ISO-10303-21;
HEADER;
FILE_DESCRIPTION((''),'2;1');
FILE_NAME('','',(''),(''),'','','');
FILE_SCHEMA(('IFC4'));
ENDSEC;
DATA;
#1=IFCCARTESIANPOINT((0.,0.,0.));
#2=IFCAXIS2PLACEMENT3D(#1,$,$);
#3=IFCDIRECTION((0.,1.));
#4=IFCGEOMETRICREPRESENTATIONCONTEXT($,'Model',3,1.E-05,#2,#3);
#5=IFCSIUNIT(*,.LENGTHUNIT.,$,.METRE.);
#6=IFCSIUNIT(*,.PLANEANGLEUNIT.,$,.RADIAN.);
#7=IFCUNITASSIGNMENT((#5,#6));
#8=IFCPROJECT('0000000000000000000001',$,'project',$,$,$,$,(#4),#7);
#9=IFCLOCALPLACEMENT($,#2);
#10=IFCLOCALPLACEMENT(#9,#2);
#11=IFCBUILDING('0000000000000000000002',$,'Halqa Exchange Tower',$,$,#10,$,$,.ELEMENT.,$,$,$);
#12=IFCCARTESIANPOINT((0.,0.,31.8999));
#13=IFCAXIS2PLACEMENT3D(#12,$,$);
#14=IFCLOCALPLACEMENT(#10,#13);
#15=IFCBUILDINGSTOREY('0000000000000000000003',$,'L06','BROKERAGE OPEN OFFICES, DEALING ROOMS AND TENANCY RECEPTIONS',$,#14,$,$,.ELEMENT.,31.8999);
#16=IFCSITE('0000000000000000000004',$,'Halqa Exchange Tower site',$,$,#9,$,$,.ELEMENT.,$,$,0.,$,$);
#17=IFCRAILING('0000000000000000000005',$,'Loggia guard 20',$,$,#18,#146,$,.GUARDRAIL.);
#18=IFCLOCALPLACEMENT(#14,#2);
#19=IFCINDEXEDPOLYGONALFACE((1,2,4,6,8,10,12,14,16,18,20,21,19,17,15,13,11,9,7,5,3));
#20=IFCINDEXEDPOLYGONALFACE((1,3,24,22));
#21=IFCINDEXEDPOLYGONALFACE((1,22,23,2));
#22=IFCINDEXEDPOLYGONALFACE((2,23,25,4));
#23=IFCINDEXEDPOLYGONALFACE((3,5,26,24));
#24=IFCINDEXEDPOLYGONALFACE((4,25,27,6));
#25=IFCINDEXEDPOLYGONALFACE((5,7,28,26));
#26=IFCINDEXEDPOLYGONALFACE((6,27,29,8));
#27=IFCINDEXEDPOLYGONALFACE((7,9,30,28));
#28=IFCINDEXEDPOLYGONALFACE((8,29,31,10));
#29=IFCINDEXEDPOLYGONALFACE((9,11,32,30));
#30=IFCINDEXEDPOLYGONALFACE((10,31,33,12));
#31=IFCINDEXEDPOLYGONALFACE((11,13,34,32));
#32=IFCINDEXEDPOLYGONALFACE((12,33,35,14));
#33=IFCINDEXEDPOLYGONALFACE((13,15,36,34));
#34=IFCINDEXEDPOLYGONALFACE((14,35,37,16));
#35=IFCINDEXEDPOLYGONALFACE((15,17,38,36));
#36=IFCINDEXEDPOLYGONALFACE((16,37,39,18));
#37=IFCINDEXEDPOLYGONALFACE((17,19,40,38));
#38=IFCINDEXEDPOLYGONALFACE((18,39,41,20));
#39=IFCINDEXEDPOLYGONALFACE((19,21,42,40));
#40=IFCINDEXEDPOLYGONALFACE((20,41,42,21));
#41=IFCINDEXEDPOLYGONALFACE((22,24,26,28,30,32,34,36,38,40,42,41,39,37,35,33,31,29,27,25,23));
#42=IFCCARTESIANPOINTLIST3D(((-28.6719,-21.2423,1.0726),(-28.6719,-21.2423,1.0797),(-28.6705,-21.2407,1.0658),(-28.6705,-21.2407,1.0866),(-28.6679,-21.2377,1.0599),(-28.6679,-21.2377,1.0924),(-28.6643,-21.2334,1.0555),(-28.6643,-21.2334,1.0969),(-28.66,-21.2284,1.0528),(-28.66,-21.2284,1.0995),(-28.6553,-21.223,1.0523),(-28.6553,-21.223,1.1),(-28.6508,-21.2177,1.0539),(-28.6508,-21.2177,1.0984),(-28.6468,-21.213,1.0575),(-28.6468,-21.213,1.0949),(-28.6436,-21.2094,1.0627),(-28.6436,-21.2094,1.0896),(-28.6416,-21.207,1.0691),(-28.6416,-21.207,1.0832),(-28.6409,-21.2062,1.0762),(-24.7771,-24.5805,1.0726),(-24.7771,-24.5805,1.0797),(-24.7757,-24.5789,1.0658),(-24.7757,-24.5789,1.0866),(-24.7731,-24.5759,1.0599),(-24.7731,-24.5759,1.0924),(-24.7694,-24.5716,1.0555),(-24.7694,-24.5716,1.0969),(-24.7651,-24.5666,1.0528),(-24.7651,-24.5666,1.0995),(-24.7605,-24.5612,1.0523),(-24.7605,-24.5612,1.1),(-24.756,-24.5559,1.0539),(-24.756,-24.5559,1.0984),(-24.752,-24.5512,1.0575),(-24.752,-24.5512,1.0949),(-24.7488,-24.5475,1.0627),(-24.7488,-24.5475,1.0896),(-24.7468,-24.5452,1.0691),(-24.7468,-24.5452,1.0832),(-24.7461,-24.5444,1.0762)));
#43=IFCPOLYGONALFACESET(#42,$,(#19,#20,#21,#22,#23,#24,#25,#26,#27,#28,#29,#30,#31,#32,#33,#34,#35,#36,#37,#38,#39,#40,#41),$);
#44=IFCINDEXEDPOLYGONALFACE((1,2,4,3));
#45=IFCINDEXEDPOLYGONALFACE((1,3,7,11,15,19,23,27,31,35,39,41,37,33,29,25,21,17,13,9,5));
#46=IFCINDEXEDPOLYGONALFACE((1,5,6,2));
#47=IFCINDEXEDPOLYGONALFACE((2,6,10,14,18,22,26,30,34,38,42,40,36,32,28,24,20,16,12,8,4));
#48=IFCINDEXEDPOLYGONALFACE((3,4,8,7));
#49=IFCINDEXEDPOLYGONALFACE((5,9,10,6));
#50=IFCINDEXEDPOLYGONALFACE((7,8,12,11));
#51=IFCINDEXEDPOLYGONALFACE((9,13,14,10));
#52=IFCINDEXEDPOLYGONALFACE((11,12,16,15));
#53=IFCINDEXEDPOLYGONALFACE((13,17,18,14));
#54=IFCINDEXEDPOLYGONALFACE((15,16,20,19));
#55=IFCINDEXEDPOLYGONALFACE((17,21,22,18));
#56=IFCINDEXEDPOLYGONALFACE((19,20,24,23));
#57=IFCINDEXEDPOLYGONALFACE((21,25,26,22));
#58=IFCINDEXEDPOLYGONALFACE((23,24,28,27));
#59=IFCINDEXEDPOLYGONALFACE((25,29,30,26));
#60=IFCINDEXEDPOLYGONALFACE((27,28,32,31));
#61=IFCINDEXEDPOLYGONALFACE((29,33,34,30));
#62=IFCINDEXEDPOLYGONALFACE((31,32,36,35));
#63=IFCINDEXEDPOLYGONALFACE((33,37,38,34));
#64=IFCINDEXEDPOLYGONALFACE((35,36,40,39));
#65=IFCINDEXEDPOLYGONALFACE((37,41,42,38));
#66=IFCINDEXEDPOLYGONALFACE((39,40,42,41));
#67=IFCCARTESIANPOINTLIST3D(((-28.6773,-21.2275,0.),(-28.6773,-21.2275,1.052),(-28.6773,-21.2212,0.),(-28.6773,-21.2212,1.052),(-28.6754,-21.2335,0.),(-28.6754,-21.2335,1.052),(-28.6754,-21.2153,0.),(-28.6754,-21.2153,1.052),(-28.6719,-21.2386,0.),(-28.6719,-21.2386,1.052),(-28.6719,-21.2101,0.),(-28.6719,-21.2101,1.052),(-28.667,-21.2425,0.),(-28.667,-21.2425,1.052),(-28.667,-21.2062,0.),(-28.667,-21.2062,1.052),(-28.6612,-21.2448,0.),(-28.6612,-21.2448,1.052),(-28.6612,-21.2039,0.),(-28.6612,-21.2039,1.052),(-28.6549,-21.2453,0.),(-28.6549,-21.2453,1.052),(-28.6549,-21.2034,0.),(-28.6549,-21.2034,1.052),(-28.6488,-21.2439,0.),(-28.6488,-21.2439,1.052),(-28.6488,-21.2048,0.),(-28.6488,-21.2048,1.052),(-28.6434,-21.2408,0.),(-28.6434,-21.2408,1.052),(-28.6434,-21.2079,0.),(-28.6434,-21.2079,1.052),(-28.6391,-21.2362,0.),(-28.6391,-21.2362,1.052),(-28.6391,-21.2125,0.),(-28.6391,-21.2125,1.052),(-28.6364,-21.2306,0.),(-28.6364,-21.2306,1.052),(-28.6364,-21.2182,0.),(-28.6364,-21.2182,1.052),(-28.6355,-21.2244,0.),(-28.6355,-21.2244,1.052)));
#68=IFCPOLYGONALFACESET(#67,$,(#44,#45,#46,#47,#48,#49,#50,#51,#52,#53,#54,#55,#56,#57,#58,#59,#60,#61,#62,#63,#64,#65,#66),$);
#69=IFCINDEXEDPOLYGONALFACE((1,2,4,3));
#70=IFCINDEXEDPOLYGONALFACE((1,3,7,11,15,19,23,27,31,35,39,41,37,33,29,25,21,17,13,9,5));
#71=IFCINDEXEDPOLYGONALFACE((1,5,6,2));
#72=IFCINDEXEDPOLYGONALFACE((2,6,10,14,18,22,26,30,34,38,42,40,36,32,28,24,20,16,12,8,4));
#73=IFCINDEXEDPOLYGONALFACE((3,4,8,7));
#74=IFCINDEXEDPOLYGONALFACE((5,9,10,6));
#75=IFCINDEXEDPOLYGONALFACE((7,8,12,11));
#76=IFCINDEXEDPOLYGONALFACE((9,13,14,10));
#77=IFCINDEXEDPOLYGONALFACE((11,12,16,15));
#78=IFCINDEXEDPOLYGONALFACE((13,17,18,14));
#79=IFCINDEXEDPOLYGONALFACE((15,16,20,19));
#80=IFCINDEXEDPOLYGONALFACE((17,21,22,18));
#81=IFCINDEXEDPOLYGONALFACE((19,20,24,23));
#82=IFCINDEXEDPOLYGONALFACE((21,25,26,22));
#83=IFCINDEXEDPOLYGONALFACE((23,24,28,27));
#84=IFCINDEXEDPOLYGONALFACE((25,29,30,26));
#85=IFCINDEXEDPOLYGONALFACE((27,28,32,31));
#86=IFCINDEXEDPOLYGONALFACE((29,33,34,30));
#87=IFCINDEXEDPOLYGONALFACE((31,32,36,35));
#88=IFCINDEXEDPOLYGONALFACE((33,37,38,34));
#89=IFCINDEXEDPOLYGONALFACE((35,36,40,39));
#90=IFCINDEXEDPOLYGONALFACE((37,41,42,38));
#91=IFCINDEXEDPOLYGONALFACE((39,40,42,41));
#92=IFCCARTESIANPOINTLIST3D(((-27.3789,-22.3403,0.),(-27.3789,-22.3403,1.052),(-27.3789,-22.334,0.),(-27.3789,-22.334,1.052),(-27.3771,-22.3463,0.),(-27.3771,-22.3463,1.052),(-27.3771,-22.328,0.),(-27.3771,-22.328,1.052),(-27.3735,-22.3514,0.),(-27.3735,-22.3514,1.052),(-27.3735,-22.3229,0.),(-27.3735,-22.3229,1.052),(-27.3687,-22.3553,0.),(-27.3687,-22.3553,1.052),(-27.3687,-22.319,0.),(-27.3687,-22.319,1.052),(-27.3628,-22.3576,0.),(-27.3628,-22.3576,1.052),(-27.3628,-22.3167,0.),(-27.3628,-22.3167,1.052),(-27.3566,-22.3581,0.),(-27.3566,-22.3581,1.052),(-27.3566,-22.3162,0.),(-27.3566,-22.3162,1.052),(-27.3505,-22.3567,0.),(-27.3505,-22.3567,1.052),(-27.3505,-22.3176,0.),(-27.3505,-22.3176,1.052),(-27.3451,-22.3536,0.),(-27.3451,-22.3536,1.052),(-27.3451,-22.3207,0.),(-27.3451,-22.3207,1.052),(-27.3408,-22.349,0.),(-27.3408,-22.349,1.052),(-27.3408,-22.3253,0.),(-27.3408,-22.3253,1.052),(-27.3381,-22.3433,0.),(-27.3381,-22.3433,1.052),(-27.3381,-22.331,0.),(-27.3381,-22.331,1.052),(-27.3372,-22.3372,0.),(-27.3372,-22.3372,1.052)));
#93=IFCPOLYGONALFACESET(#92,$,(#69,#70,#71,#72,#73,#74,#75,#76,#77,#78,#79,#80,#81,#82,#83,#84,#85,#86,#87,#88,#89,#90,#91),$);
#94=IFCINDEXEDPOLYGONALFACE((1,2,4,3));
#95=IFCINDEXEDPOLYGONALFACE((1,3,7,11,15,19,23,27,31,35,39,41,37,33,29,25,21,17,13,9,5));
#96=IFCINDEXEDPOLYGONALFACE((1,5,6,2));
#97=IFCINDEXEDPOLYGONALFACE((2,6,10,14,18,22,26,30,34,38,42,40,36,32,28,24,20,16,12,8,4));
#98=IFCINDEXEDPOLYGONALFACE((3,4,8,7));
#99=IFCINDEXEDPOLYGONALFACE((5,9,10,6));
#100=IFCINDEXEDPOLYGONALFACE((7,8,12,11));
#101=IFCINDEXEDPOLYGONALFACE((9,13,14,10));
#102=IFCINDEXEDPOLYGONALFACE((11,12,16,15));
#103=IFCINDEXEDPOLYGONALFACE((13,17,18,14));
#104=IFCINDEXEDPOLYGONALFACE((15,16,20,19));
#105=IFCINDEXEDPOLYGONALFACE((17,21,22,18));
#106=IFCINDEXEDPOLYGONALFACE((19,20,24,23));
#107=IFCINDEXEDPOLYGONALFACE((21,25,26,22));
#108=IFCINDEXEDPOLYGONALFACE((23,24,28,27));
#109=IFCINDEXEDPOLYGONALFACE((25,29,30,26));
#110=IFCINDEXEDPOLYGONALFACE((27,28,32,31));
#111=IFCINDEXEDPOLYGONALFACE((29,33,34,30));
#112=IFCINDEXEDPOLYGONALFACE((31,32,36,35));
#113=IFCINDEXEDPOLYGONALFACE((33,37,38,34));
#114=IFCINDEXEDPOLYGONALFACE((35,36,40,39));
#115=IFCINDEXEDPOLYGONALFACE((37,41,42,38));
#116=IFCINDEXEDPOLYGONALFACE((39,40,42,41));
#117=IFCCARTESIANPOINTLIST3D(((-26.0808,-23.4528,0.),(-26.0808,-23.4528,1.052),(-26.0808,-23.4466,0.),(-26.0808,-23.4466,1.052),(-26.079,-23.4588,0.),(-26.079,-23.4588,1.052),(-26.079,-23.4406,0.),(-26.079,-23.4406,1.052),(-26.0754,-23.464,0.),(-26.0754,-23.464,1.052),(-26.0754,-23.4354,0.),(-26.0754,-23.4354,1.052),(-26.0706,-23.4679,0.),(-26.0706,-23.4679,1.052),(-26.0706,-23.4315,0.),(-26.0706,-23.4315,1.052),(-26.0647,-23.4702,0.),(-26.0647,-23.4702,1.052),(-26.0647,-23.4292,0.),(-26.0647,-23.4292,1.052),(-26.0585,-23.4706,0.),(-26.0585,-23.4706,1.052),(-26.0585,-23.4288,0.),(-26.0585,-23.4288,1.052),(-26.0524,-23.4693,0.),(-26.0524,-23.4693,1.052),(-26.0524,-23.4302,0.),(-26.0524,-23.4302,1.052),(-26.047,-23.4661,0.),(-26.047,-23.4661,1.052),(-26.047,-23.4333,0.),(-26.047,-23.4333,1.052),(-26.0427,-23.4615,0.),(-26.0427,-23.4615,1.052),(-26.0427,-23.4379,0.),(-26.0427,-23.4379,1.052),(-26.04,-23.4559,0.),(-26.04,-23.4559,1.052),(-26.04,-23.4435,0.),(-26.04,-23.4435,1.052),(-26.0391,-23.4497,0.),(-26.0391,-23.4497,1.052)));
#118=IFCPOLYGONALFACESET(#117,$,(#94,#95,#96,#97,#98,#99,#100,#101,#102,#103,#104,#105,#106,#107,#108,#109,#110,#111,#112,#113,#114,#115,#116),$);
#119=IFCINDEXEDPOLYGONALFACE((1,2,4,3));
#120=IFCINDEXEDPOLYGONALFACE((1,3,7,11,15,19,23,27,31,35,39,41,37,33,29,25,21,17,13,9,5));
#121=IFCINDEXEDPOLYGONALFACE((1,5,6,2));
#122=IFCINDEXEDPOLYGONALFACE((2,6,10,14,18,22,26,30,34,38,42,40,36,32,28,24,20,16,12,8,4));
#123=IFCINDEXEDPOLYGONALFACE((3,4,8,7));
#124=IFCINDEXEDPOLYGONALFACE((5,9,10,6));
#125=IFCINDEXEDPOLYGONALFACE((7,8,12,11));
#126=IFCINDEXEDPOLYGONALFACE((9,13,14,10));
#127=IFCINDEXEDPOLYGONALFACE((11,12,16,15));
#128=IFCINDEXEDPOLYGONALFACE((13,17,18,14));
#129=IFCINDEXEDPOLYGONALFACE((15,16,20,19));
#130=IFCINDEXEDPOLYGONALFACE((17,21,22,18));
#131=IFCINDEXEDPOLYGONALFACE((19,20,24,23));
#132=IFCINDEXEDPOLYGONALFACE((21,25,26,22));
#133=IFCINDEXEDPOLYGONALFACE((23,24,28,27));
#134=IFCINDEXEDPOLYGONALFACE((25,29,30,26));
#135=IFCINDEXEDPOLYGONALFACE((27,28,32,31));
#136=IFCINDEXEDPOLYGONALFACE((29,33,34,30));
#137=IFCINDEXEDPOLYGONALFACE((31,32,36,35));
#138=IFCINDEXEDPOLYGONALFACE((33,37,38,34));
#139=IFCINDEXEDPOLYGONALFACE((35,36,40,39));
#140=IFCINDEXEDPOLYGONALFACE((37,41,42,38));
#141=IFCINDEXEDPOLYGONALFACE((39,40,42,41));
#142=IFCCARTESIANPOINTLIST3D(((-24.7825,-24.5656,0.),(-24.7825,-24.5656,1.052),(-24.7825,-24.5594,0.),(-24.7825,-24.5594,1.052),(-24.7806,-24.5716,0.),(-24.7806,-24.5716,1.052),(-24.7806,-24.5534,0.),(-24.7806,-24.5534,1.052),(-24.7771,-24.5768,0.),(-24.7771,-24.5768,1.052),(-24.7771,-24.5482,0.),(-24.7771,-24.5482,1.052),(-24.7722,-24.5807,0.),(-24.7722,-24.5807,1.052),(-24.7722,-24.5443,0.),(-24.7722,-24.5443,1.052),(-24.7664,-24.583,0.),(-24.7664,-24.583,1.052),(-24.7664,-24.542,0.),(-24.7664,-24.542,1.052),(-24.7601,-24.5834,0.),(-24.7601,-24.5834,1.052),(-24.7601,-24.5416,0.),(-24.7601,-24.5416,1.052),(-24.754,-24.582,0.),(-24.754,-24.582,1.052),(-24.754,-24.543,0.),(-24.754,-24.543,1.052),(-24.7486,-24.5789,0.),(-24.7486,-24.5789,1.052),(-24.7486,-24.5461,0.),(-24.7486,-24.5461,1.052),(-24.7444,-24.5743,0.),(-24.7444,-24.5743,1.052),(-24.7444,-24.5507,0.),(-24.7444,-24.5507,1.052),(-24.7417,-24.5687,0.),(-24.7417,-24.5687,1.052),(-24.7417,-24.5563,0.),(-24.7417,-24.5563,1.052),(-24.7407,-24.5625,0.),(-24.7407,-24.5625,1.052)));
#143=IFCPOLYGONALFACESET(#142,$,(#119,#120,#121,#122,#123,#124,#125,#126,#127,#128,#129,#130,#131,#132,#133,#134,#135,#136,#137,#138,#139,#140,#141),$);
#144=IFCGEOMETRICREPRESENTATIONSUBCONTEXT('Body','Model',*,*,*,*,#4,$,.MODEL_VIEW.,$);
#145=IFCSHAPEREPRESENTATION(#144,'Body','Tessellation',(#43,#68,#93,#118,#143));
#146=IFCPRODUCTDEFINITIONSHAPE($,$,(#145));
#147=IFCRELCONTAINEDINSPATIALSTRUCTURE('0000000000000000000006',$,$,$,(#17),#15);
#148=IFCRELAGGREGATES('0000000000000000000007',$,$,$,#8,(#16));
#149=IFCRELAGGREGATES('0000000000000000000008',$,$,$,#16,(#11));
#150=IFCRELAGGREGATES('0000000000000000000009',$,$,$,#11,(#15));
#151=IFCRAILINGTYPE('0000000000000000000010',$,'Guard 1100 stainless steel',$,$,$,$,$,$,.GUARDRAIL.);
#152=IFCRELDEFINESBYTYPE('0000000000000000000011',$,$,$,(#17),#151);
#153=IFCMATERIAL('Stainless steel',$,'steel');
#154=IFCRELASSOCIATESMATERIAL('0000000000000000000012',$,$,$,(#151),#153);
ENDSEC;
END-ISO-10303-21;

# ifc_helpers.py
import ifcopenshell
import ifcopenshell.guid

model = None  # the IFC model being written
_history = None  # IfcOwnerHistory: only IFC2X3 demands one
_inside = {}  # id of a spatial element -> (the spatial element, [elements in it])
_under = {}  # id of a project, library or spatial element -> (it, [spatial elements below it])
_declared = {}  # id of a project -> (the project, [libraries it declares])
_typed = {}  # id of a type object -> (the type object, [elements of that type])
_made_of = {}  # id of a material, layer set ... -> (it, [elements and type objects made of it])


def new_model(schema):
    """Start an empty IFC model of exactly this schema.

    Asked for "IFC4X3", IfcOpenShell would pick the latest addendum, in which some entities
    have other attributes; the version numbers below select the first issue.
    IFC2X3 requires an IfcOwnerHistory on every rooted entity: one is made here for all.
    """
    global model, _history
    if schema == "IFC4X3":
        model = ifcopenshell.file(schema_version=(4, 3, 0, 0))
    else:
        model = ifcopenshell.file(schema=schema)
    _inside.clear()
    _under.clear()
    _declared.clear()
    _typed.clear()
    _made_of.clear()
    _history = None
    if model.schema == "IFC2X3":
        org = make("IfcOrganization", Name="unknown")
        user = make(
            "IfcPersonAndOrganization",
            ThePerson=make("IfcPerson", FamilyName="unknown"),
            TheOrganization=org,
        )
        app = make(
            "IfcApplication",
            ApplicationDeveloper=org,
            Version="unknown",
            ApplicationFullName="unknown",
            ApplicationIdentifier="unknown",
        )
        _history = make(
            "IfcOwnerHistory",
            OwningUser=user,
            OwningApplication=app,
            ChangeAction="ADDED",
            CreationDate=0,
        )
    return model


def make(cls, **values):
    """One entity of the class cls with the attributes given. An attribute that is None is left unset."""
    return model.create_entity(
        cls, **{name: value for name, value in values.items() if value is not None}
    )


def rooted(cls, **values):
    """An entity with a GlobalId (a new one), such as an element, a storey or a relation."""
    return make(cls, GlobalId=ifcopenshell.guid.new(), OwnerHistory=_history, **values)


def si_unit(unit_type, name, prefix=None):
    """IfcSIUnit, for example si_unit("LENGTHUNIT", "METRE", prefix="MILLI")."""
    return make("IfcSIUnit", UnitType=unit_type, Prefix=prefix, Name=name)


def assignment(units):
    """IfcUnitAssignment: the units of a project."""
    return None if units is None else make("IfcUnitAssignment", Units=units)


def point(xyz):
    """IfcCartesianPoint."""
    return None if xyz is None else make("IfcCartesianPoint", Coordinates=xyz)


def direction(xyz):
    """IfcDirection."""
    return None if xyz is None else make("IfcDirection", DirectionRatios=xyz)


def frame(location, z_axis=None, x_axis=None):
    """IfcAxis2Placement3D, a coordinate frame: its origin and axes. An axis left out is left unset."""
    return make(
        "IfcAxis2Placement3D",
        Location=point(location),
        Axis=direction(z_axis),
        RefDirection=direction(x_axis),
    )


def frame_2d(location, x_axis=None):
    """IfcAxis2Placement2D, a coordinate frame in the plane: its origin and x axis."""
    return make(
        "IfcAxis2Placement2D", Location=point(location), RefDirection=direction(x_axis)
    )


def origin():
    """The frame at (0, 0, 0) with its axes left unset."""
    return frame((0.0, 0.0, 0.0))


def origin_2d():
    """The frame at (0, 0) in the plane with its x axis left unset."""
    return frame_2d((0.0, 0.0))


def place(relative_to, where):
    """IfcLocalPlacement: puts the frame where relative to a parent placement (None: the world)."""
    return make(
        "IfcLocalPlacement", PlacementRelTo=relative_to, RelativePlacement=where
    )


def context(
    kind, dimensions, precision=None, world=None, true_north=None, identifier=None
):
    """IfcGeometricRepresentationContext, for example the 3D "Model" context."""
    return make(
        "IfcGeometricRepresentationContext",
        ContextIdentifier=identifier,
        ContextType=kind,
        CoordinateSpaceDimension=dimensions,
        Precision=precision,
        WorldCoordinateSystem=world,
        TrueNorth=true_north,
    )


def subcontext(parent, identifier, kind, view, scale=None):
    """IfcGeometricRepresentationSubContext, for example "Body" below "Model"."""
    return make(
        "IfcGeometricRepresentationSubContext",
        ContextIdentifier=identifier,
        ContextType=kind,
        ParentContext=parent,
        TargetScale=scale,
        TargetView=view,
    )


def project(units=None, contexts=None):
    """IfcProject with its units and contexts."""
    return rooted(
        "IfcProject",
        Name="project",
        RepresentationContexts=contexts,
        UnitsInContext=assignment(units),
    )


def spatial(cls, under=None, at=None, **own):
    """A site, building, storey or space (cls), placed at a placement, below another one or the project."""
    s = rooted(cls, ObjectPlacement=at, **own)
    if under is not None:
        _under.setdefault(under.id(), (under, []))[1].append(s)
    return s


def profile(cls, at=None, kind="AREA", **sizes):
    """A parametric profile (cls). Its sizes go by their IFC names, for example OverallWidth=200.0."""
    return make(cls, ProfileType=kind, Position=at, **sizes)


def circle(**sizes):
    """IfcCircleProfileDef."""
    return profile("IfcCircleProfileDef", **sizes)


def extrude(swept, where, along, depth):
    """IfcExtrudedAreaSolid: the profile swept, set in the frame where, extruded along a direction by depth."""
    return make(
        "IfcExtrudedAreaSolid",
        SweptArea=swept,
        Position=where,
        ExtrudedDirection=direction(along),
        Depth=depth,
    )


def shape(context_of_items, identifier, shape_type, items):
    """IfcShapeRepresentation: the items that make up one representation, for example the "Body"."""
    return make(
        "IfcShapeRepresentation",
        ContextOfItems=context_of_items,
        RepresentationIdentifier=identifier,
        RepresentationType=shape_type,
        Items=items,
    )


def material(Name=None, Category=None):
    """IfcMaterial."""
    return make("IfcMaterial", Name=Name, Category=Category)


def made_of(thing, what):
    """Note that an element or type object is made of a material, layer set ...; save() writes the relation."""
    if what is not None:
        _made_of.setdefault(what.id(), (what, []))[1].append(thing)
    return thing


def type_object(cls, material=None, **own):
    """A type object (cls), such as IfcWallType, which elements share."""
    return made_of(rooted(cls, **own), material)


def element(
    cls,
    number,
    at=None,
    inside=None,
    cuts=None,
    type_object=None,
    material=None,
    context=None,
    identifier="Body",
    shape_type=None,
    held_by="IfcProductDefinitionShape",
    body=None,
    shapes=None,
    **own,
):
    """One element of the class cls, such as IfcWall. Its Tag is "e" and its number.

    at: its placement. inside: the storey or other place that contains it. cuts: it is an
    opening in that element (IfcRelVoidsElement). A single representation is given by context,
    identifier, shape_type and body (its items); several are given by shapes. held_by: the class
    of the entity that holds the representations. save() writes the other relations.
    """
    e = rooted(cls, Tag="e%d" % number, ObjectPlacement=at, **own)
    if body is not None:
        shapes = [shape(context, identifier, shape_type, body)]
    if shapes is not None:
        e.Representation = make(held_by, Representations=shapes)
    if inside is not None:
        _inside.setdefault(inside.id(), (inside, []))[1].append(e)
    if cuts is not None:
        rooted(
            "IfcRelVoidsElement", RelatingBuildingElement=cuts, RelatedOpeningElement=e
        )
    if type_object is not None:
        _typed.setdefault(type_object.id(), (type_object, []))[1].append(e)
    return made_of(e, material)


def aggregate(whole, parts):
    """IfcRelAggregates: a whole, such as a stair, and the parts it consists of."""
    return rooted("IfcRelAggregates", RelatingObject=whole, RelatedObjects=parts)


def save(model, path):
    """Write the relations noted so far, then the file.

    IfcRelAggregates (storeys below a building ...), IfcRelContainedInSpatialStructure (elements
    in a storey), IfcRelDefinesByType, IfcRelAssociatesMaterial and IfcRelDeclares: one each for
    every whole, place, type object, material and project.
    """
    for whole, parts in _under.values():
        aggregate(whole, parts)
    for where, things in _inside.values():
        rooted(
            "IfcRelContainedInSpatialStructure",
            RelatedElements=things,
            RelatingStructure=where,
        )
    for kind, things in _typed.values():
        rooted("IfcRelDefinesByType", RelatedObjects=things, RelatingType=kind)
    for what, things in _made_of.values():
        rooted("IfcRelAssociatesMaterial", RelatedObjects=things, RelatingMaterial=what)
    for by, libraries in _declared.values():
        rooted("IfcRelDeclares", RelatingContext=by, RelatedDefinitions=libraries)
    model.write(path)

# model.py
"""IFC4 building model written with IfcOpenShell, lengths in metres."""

from ifc_helpers import new_model, si_unit, direction, frame, origin, origin_2d, place, context, subcontext, project, spatial, circle, extrude, material, type_object, element, save


model = new_model("IFC4")

# Units and contexts
model_context = context("Model", 3, precision=1e-05, world=origin(), true_north=direction((0.0, 1.0)))
body_context = subcontext(model_context, "Body", "Model", "MODEL_VIEW")
ifc_project = project(units=[si_unit("LENGTHUNIT", "METRE"), si_unit("PLANEANGLEUNIT", "RADIAN")], contexts=[model_context])

# Site, building, storey
site_placement = place(None, origin())
site = spatial("IfcSite", under=ifc_project, at=site_placement, Name="Halqa Exchange Tower site", CompositionType="ELEMENT", RefElevation=0.0)
building_placement = place(site_placement, origin())
building = spatial("IfcBuilding", under=site, at=building_placement, Name="Halqa Exchange Tower", CompositionType="ELEMENT")
storey_placement = place(building_placement, frame((0.0, 0.0, 31.8999)))
storey = spatial("IfcBuildingStorey", under=building, at=storey_placement, Name="L06", Description="BROKERAGE OPEN OFFICES, DEALING ROOMS AND TENANCY RECEPTIONS", CompositionType="ELEMENT", Elevation=31.8999)

# Railing
ifc_material_1 = material(Name="Stainless steel", Category="steel")
railing_type = type_object("IfcRailingType", Name="Guard 1100 stainless steel", PredefinedType="GUARDRAIL", material=ifc_material_1)
railing_1_placement = place(storey_placement, frame((-28.6565, -21.2244, 0.0)))
element("IfcRailing", 1, at=railing_1_placement, inside=storey, type_object=railing_type, Name="Loggia guard 20", PredefinedType="GUARDRAIL", context=body_context, shape_type="SweptSolid", body=[
    extrude(circle(Radius=0.0239, at=origin_2d()), frame((0.0, 0.0, 1.0762), z_axis=(0.75928, -0.650764, 0.0), x_axis=(0.650764, 0.75928, 0.0)), (0.0, 0.0, 1.0), 5.1296),
    extrude(circle(Radius=0.021, at=origin_2d()), origin(), (0.0, 0.0, 1.0), 1.052),
    extrude(circle(Radius=0.021, at=origin_2d()), frame((1.2983, -1.1128, 0.0)), (0.0, 0.0, 1.0), 1.052),
    extrude(circle(Radius=0.021, at=origin_2d()), frame((2.5964, -2.2253, 0.0)), (0.0, 0.0, 1.0), 1.052),
    extrude(circle(Radius=0.021, at=origin_2d()), frame((3.8948, -3.3381, 0.0)), (0.0, 0.0, 1.0), 1.052),
])

save(model, "model.ifc")
